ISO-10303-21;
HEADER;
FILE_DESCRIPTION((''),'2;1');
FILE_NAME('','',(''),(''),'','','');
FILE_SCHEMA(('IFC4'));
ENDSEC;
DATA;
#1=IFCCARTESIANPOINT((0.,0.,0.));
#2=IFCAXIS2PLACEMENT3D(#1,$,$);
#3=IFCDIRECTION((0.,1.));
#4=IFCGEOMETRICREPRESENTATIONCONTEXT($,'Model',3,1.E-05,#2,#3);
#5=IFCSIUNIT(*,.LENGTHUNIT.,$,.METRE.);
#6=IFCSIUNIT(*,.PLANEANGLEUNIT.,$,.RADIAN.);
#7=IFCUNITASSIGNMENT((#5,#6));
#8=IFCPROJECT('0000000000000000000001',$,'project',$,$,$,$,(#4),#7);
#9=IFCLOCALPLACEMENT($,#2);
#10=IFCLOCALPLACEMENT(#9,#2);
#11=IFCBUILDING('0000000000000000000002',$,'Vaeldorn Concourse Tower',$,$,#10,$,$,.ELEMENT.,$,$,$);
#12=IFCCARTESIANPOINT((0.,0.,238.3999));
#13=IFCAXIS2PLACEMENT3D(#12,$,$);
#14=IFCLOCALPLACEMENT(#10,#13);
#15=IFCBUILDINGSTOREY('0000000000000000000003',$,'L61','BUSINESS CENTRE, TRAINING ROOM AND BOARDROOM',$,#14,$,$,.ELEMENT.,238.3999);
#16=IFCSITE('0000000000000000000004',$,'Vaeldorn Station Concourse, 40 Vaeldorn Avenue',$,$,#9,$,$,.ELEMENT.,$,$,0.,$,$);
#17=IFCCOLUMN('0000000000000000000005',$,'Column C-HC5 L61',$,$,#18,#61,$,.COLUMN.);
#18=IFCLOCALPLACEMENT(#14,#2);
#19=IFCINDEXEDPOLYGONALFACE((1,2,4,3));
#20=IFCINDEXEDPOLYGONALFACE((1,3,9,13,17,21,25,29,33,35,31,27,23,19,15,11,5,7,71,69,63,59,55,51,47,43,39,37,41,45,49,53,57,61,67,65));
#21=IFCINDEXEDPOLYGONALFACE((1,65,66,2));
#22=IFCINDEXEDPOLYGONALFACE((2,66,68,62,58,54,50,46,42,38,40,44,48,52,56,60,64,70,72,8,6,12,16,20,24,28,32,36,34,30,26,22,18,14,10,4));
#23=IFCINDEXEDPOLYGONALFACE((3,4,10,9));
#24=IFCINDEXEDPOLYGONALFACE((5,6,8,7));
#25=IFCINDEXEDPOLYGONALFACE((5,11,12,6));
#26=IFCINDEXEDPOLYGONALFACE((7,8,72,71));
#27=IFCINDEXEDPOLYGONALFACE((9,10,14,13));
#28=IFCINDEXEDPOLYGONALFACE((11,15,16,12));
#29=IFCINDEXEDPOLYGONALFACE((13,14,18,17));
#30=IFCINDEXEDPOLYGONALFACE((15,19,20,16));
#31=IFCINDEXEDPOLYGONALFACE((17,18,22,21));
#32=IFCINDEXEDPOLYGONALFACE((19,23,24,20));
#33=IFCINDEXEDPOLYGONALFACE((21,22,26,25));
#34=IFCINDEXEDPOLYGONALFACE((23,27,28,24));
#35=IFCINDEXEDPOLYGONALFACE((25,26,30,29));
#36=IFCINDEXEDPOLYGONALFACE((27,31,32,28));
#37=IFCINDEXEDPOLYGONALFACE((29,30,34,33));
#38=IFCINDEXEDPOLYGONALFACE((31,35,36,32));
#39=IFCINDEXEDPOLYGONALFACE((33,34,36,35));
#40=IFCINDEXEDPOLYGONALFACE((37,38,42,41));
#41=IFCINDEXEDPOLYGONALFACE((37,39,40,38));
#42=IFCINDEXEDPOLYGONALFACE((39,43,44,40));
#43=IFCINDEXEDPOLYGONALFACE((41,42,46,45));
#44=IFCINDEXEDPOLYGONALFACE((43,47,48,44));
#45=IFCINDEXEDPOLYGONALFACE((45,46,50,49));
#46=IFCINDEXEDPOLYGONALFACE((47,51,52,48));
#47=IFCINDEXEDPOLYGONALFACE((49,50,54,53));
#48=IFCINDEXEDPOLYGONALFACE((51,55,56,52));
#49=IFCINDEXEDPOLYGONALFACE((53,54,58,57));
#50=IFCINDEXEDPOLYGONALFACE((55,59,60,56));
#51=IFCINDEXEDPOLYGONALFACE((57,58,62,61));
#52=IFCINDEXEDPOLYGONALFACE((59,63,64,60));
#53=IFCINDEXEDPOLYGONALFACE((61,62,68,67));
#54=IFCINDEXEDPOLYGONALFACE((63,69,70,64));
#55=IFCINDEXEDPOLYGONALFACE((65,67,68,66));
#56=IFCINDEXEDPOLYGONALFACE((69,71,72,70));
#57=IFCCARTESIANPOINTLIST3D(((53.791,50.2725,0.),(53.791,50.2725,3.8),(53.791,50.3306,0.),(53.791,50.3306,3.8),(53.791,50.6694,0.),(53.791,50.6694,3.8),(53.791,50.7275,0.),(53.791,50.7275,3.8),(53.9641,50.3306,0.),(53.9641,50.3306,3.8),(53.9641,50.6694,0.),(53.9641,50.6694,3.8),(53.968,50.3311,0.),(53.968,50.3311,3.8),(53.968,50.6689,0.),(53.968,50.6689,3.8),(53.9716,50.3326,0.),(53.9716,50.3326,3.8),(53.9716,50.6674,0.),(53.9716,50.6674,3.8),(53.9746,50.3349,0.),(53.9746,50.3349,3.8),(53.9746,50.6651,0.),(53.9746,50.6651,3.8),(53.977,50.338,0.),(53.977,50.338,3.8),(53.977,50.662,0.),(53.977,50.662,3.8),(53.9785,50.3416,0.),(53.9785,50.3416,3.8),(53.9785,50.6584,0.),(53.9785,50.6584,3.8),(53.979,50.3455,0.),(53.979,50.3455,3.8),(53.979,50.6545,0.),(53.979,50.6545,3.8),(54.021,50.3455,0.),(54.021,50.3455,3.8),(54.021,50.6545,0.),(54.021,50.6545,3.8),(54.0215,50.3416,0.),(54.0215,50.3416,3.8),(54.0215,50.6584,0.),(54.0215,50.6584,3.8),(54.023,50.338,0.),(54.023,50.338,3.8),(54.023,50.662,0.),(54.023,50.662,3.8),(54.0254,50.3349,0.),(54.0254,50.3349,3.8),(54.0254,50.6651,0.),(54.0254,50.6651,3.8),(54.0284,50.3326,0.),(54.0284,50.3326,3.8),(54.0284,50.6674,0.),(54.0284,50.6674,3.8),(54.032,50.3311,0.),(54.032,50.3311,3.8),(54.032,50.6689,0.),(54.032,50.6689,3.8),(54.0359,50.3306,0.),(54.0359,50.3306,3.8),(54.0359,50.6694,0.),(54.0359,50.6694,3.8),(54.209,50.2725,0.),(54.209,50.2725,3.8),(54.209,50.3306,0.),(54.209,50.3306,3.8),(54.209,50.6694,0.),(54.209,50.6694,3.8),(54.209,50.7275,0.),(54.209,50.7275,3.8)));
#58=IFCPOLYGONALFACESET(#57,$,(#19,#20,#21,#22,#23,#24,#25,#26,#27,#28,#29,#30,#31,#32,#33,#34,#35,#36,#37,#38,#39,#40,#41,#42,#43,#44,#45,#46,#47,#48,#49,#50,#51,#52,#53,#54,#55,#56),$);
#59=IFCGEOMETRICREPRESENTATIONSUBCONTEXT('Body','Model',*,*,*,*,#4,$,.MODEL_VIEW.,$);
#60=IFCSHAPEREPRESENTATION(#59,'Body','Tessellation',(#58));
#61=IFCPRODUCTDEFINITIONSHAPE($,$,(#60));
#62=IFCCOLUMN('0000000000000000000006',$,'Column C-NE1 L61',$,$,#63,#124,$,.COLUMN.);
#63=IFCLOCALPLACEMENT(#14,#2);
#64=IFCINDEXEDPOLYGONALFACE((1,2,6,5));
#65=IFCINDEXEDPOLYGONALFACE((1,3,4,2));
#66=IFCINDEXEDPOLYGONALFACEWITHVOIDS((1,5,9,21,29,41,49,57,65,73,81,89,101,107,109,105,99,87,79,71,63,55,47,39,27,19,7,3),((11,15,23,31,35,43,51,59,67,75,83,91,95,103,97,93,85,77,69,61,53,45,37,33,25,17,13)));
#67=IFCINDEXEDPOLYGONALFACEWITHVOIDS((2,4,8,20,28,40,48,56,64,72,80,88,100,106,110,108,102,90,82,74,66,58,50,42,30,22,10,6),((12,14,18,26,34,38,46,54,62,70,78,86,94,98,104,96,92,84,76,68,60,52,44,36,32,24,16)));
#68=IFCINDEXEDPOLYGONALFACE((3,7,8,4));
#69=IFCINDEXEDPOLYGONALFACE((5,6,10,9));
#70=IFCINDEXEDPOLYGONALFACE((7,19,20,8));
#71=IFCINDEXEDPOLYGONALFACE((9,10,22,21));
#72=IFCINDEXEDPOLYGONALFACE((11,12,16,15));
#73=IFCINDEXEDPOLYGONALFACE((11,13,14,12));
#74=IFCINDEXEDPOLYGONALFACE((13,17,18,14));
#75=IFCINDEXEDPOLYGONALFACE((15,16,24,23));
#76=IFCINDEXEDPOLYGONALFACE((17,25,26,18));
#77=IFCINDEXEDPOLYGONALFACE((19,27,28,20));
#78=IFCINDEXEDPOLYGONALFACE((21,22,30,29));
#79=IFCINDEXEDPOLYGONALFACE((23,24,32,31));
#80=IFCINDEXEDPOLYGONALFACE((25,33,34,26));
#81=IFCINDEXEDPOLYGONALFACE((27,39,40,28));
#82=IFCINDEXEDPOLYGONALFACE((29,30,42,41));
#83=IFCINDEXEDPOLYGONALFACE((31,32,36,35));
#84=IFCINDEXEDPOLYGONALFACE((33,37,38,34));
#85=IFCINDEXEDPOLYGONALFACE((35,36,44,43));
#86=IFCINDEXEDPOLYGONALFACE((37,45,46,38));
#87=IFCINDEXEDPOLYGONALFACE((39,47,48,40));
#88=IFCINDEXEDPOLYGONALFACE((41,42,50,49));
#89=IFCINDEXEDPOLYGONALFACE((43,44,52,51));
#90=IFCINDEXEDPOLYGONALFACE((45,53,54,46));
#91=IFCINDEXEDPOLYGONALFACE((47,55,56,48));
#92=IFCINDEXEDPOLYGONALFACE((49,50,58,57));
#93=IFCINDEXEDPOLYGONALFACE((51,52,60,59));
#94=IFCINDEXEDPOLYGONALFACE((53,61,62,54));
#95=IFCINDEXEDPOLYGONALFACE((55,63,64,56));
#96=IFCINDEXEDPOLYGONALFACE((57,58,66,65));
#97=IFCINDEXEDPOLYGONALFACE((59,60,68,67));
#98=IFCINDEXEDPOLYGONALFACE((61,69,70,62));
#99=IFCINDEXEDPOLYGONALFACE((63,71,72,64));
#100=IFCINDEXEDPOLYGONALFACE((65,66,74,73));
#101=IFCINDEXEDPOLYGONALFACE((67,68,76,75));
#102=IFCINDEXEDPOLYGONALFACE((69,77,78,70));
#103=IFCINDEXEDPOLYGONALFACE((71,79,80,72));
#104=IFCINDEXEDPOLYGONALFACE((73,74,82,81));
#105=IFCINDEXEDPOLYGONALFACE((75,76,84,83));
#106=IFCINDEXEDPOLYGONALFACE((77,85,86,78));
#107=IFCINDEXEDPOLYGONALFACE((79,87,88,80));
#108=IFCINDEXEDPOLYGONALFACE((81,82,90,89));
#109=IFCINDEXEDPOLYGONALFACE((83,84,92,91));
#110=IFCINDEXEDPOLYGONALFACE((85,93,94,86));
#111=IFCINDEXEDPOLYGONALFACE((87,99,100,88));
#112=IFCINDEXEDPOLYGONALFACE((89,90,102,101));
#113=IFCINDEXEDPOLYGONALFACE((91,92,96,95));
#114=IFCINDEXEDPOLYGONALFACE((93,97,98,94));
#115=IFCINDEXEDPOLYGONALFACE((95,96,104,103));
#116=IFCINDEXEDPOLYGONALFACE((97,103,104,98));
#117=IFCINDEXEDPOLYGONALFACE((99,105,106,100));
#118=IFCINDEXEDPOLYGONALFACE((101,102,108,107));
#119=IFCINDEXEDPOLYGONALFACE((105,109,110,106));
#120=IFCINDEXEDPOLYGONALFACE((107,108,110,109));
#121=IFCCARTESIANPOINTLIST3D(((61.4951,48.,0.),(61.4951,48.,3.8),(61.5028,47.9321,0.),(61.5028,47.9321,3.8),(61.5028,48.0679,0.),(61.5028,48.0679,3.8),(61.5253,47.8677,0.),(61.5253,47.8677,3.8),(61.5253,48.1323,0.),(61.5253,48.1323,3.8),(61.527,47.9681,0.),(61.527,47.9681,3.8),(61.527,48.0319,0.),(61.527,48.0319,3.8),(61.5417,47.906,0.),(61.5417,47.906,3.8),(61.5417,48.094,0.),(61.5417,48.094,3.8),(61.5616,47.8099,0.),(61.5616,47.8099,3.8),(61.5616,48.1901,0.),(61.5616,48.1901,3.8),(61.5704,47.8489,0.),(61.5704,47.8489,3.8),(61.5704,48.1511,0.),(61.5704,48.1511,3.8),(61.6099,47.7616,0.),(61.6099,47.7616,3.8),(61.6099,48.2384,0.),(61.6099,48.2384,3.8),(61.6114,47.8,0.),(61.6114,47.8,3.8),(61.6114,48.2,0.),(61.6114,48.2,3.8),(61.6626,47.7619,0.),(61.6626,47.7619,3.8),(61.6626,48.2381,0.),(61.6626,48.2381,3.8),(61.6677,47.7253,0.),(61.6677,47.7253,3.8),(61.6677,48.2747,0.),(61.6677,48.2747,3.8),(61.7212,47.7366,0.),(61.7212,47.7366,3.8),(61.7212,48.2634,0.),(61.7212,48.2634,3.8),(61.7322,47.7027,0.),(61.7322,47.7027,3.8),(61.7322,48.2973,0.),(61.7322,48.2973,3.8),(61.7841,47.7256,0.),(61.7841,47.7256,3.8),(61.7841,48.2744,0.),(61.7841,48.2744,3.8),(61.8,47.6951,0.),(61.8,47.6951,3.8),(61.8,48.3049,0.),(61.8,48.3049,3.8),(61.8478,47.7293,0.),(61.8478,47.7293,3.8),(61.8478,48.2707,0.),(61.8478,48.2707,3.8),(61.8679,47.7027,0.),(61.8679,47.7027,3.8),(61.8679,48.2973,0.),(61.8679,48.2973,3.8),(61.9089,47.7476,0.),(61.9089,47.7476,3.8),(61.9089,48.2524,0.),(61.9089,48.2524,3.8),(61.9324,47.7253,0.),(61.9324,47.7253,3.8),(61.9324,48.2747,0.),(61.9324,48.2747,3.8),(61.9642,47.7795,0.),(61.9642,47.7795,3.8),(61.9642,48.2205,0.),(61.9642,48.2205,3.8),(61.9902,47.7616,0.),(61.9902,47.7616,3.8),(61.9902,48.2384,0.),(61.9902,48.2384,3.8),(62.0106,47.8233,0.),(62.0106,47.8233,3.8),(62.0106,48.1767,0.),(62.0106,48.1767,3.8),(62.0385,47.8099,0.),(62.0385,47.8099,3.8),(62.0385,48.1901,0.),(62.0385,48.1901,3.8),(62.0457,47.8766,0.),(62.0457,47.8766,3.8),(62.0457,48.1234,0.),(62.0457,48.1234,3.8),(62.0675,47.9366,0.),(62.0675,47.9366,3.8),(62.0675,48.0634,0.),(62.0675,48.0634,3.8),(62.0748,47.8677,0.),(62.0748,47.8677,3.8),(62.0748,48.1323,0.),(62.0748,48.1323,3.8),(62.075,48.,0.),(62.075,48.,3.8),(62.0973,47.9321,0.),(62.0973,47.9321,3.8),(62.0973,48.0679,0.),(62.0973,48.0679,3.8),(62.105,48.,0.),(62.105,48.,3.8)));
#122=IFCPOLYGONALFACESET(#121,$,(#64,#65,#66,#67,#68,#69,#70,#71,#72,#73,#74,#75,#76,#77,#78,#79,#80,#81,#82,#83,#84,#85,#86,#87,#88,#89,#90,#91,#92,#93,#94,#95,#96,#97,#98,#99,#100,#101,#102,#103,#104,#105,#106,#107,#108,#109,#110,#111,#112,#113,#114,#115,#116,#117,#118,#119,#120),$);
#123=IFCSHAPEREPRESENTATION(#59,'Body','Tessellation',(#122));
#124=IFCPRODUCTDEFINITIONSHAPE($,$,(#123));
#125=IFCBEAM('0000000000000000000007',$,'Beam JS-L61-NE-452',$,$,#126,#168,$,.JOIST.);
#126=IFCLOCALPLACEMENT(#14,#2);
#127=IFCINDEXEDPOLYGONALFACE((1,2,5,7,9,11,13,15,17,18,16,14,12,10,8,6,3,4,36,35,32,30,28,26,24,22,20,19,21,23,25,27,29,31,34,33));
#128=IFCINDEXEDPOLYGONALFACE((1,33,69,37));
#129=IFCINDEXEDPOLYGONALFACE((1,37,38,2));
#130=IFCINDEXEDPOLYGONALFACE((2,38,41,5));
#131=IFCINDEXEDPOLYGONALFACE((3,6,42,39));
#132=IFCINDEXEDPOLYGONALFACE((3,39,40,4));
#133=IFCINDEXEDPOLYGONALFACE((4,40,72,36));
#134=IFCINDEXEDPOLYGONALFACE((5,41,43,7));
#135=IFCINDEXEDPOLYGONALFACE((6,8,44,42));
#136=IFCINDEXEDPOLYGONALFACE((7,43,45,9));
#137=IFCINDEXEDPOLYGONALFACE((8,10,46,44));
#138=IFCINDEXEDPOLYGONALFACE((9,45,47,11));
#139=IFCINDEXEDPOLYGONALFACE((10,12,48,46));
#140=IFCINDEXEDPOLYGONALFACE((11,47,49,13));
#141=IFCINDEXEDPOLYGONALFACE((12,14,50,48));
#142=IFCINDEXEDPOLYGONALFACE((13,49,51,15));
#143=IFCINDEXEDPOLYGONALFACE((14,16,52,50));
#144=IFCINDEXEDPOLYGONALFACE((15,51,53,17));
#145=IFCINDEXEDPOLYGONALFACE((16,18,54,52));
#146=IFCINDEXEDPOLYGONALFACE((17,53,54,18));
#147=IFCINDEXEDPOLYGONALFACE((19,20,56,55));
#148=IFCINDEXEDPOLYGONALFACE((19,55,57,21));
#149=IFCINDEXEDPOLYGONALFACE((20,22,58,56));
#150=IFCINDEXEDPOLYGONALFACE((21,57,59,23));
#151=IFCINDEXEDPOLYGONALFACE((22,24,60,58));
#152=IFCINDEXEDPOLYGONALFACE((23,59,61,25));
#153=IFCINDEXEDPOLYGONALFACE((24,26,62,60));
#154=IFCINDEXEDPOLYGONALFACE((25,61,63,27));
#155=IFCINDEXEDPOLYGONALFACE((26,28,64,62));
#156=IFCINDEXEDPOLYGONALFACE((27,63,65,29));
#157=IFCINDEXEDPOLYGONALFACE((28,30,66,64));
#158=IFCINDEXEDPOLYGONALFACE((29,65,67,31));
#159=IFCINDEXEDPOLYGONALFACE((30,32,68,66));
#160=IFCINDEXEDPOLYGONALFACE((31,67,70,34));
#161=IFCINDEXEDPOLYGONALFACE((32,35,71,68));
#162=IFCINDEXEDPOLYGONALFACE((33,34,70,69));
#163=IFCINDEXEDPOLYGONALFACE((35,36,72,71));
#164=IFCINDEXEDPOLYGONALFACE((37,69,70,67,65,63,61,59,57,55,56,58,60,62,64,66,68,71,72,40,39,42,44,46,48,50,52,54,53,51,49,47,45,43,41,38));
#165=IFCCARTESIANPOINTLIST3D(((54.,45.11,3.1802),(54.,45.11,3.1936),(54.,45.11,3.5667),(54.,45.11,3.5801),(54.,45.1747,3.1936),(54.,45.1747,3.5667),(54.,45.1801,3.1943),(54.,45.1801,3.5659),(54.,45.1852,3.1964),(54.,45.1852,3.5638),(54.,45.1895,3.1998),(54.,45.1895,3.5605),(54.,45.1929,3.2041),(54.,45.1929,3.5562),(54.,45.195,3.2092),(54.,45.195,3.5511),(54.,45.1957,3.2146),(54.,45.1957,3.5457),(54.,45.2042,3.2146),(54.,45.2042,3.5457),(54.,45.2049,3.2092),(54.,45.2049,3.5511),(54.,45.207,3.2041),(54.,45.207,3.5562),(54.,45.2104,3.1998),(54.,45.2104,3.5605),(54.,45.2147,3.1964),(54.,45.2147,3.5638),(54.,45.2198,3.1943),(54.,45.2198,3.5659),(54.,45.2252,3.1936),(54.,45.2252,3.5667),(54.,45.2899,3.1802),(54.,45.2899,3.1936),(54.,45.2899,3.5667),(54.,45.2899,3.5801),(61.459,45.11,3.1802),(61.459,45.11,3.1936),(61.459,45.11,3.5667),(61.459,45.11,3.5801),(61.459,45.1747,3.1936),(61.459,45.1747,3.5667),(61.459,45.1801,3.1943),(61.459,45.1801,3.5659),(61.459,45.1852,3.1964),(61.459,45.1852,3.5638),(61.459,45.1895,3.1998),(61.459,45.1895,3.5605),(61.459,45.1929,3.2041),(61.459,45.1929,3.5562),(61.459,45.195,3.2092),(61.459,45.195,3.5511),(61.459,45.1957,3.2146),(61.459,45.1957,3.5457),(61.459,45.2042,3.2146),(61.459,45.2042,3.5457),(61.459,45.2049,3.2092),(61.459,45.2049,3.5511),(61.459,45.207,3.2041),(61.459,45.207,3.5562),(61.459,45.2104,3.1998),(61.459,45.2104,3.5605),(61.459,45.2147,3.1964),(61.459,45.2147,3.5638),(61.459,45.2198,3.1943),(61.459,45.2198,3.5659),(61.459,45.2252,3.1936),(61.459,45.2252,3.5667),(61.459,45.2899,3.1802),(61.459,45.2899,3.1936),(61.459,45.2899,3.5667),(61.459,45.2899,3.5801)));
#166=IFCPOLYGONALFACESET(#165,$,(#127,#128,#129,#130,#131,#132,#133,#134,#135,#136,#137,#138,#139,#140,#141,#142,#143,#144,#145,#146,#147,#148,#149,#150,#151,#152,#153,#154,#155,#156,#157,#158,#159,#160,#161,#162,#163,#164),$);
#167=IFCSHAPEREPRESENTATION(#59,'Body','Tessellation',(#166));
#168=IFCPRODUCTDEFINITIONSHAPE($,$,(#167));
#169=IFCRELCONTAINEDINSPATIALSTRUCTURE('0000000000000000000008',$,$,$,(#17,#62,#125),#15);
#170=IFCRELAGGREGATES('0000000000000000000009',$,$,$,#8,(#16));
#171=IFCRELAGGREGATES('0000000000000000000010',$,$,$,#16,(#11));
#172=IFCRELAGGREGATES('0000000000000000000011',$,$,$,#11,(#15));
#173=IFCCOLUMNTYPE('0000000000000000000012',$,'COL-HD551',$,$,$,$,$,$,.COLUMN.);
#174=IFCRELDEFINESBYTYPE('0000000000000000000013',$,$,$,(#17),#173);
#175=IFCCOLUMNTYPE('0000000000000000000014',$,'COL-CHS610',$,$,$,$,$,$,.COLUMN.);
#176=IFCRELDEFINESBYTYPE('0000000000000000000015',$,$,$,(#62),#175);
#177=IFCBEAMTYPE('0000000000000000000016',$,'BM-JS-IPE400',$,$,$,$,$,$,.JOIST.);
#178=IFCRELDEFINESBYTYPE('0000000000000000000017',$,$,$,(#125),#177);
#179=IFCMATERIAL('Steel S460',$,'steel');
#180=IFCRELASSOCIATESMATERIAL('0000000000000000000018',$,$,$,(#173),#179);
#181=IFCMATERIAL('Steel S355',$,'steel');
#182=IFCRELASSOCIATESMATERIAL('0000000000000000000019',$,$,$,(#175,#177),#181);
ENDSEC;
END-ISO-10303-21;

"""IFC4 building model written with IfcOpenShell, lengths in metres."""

from ifc_helpers import new_model, si_unit, direction, frame, origin, origin_2d, place, context, subcontext, project, spatial, hollow_circle, i_section, extrude, source, transform, mapped, material, material_profile, profile_set, type_object, element, save


model = new_model("IFC4")

# Units and contexts
model_context = context("Model", 3, precision=1e-05, world=origin(), true_north=direction((0.0, 1.0)))
body_context = subcontext(model_context, "Body", "Model", "MODEL_VIEW")
ifc_project = project(units=[si_unit("LENGTHUNIT", "METRE"), si_unit("PLANEANGLEUNIT", "RADIAN")], contexts=[model_context])

# Site, building, storey
site_placement = place(None, origin())
site = spatial("IfcSite", under=ifc_project, at=site_placement, Name="Vaeldorn Station Concourse, 40 Vaeldorn Avenue", CompositionType="ELEMENT", RefElevation=0.0)
building_placement = place(site_placement, origin())
building = spatial("IfcBuilding", under=site, at=building_placement, Name="Vaeldorn Concourse Tower", CompositionType="ELEMENT")
storey_placement = place(building_placement, frame((0.0, 0.0, 238.3999)))
storey = spatial("IfcBuildingStorey", under=building, at=storey_placement, Name="L61", Description="BUSINESS CENTRE, TRAINING ROOM AND BOARDROOM", CompositionType="ELEMENT", Elevation=238.3999)

# Columns
ifc_material_1 = material(Name="Steel S460", Category="steel")
ifc_material_profile_1 = material_profile(ifc_material_1, i_section(OverallWidth=0.418, OverallDepth=0.4551, WebThickness=0.042, FlangeThickness=0.0581, FilletRadius=0.0149, at=origin_2d()), Name="HD 400x551")
ifc_profile_set_1 = profile_set([ifc_material_profile_1], Name="Steel S460")
column_type_1 = type_object("IfcColumnType", Name="COL-HD551", PredefinedType="COLUMN", material=ifc_profile_set_1)
shared_shape_1 = source(origin(), body_context, "Body", "SweptSolid", [
    extrude(i_section(OverallWidth=0.418, OverallDepth=0.4551, WebThickness=0.042, FlangeThickness=0.0581, FilletRadius=0.0149, at=origin_2d()), origin(), (0.0, 0.0, 1.0), 3.8),
])
column_1_placement = place(storey_placement, frame((54.0, 50.5, 0.0), z_axis=(0.0, 0.0, 1.0), x_axis=(1.0, 0.0, 0.0)))
element("IfcColumn", 1, at=column_1_placement, inside=storey, type_object=column_type_1, Name="Column C-HC5 L61", PredefinedType="COLUMN", context=body_context, shape_type="MappedRepresentation", body=[
    mapped(shared_shape_1, transform((0.0, 0.0, 0.0), scale=1.0)),
])
ifc_material_2 = material(Name="Steel S355", Category="steel")
ifc_material_profile_2 = material_profile(ifc_material_2, hollow_circle(Radius=0.3049, WallThickness=0.03, at=origin_2d()), Name="CHS 610x30")
ifc_profile_set_2 = profile_set([ifc_material_profile_2], Name="Steel S355")
column_type_2 = type_object("IfcColumnType", Name="COL-CHS610", PredefinedType="COLUMN", material=ifc_profile_set_2)
shared_shape_2 = source(origin(), body_context, "Body", "SweptSolid", [
    extrude(hollow_circle(Radius=0.3049, WallThickness=0.03, at=origin_2d()), origin(), (0.0, 0.0, 1.0), 3.8),
])
column_2_placement = place(storey_placement, frame((61.8, 48.0, 0.0), z_axis=(0.0, 0.0, 1.0), x_axis=(1.0, 0.0, 0.0)))
element("IfcColumn", 2, at=column_2_placement, inside=storey, type_object=column_type_2, Name="Column C-NE1 L61", PredefinedType="COLUMN", context=body_context, shape_type="MappedRepresentation", body=[
    mapped(shared_shape_2, transform((0.0, 0.0, 0.0), scale=1.0)),
])

# Beam
ifc_material_profile_3 = material_profile(ifc_material_2, i_section(OverallWidth=0.1799, OverallDepth=0.3999, WebThickness=0.0085, FlangeThickness=0.0134, FilletRadius=0.021, at=origin_2d()), Name="IPE 400")
ifc_profile_set_3 = profile_set([ifc_material_profile_3], Name="Steel S355")
beam_type_1 = type_object("IfcBeamType", Name="BM-JS-IPE400", PredefinedType="JOIST", material=ifc_profile_set_3)
shared_shape_3 = source(origin(), body_context, "Body", "SweptSolid", [
    extrude(i_section(OverallWidth=0.1799, OverallDepth=0.3999, WebThickness=0.0085, FlangeThickness=0.0134, FilletRadius=0.021, at=origin_2d()), origin(), (0.0, 0.0, 1.0), 7.459),
])
beam_1_placement = place(storey_placement, frame((54.0, 45.2, 3.3801), z_axis=(1.0, 0.0, 0.0), x_axis=(0.0, 1.0, 0.0)))
element("IfcBeam", 3, at=beam_1_placement, inside=storey, type_object=beam_type_1, Name="Beam JS-L61-NE-452", PredefinedType="JOIST", context=body_context, shape_type="MappedRepresentation", body=[
    mapped(shared_shape_3, transform((0.0, 0.0, 0.0), scale=1.0)),
])

save(model, "model.ifc")
